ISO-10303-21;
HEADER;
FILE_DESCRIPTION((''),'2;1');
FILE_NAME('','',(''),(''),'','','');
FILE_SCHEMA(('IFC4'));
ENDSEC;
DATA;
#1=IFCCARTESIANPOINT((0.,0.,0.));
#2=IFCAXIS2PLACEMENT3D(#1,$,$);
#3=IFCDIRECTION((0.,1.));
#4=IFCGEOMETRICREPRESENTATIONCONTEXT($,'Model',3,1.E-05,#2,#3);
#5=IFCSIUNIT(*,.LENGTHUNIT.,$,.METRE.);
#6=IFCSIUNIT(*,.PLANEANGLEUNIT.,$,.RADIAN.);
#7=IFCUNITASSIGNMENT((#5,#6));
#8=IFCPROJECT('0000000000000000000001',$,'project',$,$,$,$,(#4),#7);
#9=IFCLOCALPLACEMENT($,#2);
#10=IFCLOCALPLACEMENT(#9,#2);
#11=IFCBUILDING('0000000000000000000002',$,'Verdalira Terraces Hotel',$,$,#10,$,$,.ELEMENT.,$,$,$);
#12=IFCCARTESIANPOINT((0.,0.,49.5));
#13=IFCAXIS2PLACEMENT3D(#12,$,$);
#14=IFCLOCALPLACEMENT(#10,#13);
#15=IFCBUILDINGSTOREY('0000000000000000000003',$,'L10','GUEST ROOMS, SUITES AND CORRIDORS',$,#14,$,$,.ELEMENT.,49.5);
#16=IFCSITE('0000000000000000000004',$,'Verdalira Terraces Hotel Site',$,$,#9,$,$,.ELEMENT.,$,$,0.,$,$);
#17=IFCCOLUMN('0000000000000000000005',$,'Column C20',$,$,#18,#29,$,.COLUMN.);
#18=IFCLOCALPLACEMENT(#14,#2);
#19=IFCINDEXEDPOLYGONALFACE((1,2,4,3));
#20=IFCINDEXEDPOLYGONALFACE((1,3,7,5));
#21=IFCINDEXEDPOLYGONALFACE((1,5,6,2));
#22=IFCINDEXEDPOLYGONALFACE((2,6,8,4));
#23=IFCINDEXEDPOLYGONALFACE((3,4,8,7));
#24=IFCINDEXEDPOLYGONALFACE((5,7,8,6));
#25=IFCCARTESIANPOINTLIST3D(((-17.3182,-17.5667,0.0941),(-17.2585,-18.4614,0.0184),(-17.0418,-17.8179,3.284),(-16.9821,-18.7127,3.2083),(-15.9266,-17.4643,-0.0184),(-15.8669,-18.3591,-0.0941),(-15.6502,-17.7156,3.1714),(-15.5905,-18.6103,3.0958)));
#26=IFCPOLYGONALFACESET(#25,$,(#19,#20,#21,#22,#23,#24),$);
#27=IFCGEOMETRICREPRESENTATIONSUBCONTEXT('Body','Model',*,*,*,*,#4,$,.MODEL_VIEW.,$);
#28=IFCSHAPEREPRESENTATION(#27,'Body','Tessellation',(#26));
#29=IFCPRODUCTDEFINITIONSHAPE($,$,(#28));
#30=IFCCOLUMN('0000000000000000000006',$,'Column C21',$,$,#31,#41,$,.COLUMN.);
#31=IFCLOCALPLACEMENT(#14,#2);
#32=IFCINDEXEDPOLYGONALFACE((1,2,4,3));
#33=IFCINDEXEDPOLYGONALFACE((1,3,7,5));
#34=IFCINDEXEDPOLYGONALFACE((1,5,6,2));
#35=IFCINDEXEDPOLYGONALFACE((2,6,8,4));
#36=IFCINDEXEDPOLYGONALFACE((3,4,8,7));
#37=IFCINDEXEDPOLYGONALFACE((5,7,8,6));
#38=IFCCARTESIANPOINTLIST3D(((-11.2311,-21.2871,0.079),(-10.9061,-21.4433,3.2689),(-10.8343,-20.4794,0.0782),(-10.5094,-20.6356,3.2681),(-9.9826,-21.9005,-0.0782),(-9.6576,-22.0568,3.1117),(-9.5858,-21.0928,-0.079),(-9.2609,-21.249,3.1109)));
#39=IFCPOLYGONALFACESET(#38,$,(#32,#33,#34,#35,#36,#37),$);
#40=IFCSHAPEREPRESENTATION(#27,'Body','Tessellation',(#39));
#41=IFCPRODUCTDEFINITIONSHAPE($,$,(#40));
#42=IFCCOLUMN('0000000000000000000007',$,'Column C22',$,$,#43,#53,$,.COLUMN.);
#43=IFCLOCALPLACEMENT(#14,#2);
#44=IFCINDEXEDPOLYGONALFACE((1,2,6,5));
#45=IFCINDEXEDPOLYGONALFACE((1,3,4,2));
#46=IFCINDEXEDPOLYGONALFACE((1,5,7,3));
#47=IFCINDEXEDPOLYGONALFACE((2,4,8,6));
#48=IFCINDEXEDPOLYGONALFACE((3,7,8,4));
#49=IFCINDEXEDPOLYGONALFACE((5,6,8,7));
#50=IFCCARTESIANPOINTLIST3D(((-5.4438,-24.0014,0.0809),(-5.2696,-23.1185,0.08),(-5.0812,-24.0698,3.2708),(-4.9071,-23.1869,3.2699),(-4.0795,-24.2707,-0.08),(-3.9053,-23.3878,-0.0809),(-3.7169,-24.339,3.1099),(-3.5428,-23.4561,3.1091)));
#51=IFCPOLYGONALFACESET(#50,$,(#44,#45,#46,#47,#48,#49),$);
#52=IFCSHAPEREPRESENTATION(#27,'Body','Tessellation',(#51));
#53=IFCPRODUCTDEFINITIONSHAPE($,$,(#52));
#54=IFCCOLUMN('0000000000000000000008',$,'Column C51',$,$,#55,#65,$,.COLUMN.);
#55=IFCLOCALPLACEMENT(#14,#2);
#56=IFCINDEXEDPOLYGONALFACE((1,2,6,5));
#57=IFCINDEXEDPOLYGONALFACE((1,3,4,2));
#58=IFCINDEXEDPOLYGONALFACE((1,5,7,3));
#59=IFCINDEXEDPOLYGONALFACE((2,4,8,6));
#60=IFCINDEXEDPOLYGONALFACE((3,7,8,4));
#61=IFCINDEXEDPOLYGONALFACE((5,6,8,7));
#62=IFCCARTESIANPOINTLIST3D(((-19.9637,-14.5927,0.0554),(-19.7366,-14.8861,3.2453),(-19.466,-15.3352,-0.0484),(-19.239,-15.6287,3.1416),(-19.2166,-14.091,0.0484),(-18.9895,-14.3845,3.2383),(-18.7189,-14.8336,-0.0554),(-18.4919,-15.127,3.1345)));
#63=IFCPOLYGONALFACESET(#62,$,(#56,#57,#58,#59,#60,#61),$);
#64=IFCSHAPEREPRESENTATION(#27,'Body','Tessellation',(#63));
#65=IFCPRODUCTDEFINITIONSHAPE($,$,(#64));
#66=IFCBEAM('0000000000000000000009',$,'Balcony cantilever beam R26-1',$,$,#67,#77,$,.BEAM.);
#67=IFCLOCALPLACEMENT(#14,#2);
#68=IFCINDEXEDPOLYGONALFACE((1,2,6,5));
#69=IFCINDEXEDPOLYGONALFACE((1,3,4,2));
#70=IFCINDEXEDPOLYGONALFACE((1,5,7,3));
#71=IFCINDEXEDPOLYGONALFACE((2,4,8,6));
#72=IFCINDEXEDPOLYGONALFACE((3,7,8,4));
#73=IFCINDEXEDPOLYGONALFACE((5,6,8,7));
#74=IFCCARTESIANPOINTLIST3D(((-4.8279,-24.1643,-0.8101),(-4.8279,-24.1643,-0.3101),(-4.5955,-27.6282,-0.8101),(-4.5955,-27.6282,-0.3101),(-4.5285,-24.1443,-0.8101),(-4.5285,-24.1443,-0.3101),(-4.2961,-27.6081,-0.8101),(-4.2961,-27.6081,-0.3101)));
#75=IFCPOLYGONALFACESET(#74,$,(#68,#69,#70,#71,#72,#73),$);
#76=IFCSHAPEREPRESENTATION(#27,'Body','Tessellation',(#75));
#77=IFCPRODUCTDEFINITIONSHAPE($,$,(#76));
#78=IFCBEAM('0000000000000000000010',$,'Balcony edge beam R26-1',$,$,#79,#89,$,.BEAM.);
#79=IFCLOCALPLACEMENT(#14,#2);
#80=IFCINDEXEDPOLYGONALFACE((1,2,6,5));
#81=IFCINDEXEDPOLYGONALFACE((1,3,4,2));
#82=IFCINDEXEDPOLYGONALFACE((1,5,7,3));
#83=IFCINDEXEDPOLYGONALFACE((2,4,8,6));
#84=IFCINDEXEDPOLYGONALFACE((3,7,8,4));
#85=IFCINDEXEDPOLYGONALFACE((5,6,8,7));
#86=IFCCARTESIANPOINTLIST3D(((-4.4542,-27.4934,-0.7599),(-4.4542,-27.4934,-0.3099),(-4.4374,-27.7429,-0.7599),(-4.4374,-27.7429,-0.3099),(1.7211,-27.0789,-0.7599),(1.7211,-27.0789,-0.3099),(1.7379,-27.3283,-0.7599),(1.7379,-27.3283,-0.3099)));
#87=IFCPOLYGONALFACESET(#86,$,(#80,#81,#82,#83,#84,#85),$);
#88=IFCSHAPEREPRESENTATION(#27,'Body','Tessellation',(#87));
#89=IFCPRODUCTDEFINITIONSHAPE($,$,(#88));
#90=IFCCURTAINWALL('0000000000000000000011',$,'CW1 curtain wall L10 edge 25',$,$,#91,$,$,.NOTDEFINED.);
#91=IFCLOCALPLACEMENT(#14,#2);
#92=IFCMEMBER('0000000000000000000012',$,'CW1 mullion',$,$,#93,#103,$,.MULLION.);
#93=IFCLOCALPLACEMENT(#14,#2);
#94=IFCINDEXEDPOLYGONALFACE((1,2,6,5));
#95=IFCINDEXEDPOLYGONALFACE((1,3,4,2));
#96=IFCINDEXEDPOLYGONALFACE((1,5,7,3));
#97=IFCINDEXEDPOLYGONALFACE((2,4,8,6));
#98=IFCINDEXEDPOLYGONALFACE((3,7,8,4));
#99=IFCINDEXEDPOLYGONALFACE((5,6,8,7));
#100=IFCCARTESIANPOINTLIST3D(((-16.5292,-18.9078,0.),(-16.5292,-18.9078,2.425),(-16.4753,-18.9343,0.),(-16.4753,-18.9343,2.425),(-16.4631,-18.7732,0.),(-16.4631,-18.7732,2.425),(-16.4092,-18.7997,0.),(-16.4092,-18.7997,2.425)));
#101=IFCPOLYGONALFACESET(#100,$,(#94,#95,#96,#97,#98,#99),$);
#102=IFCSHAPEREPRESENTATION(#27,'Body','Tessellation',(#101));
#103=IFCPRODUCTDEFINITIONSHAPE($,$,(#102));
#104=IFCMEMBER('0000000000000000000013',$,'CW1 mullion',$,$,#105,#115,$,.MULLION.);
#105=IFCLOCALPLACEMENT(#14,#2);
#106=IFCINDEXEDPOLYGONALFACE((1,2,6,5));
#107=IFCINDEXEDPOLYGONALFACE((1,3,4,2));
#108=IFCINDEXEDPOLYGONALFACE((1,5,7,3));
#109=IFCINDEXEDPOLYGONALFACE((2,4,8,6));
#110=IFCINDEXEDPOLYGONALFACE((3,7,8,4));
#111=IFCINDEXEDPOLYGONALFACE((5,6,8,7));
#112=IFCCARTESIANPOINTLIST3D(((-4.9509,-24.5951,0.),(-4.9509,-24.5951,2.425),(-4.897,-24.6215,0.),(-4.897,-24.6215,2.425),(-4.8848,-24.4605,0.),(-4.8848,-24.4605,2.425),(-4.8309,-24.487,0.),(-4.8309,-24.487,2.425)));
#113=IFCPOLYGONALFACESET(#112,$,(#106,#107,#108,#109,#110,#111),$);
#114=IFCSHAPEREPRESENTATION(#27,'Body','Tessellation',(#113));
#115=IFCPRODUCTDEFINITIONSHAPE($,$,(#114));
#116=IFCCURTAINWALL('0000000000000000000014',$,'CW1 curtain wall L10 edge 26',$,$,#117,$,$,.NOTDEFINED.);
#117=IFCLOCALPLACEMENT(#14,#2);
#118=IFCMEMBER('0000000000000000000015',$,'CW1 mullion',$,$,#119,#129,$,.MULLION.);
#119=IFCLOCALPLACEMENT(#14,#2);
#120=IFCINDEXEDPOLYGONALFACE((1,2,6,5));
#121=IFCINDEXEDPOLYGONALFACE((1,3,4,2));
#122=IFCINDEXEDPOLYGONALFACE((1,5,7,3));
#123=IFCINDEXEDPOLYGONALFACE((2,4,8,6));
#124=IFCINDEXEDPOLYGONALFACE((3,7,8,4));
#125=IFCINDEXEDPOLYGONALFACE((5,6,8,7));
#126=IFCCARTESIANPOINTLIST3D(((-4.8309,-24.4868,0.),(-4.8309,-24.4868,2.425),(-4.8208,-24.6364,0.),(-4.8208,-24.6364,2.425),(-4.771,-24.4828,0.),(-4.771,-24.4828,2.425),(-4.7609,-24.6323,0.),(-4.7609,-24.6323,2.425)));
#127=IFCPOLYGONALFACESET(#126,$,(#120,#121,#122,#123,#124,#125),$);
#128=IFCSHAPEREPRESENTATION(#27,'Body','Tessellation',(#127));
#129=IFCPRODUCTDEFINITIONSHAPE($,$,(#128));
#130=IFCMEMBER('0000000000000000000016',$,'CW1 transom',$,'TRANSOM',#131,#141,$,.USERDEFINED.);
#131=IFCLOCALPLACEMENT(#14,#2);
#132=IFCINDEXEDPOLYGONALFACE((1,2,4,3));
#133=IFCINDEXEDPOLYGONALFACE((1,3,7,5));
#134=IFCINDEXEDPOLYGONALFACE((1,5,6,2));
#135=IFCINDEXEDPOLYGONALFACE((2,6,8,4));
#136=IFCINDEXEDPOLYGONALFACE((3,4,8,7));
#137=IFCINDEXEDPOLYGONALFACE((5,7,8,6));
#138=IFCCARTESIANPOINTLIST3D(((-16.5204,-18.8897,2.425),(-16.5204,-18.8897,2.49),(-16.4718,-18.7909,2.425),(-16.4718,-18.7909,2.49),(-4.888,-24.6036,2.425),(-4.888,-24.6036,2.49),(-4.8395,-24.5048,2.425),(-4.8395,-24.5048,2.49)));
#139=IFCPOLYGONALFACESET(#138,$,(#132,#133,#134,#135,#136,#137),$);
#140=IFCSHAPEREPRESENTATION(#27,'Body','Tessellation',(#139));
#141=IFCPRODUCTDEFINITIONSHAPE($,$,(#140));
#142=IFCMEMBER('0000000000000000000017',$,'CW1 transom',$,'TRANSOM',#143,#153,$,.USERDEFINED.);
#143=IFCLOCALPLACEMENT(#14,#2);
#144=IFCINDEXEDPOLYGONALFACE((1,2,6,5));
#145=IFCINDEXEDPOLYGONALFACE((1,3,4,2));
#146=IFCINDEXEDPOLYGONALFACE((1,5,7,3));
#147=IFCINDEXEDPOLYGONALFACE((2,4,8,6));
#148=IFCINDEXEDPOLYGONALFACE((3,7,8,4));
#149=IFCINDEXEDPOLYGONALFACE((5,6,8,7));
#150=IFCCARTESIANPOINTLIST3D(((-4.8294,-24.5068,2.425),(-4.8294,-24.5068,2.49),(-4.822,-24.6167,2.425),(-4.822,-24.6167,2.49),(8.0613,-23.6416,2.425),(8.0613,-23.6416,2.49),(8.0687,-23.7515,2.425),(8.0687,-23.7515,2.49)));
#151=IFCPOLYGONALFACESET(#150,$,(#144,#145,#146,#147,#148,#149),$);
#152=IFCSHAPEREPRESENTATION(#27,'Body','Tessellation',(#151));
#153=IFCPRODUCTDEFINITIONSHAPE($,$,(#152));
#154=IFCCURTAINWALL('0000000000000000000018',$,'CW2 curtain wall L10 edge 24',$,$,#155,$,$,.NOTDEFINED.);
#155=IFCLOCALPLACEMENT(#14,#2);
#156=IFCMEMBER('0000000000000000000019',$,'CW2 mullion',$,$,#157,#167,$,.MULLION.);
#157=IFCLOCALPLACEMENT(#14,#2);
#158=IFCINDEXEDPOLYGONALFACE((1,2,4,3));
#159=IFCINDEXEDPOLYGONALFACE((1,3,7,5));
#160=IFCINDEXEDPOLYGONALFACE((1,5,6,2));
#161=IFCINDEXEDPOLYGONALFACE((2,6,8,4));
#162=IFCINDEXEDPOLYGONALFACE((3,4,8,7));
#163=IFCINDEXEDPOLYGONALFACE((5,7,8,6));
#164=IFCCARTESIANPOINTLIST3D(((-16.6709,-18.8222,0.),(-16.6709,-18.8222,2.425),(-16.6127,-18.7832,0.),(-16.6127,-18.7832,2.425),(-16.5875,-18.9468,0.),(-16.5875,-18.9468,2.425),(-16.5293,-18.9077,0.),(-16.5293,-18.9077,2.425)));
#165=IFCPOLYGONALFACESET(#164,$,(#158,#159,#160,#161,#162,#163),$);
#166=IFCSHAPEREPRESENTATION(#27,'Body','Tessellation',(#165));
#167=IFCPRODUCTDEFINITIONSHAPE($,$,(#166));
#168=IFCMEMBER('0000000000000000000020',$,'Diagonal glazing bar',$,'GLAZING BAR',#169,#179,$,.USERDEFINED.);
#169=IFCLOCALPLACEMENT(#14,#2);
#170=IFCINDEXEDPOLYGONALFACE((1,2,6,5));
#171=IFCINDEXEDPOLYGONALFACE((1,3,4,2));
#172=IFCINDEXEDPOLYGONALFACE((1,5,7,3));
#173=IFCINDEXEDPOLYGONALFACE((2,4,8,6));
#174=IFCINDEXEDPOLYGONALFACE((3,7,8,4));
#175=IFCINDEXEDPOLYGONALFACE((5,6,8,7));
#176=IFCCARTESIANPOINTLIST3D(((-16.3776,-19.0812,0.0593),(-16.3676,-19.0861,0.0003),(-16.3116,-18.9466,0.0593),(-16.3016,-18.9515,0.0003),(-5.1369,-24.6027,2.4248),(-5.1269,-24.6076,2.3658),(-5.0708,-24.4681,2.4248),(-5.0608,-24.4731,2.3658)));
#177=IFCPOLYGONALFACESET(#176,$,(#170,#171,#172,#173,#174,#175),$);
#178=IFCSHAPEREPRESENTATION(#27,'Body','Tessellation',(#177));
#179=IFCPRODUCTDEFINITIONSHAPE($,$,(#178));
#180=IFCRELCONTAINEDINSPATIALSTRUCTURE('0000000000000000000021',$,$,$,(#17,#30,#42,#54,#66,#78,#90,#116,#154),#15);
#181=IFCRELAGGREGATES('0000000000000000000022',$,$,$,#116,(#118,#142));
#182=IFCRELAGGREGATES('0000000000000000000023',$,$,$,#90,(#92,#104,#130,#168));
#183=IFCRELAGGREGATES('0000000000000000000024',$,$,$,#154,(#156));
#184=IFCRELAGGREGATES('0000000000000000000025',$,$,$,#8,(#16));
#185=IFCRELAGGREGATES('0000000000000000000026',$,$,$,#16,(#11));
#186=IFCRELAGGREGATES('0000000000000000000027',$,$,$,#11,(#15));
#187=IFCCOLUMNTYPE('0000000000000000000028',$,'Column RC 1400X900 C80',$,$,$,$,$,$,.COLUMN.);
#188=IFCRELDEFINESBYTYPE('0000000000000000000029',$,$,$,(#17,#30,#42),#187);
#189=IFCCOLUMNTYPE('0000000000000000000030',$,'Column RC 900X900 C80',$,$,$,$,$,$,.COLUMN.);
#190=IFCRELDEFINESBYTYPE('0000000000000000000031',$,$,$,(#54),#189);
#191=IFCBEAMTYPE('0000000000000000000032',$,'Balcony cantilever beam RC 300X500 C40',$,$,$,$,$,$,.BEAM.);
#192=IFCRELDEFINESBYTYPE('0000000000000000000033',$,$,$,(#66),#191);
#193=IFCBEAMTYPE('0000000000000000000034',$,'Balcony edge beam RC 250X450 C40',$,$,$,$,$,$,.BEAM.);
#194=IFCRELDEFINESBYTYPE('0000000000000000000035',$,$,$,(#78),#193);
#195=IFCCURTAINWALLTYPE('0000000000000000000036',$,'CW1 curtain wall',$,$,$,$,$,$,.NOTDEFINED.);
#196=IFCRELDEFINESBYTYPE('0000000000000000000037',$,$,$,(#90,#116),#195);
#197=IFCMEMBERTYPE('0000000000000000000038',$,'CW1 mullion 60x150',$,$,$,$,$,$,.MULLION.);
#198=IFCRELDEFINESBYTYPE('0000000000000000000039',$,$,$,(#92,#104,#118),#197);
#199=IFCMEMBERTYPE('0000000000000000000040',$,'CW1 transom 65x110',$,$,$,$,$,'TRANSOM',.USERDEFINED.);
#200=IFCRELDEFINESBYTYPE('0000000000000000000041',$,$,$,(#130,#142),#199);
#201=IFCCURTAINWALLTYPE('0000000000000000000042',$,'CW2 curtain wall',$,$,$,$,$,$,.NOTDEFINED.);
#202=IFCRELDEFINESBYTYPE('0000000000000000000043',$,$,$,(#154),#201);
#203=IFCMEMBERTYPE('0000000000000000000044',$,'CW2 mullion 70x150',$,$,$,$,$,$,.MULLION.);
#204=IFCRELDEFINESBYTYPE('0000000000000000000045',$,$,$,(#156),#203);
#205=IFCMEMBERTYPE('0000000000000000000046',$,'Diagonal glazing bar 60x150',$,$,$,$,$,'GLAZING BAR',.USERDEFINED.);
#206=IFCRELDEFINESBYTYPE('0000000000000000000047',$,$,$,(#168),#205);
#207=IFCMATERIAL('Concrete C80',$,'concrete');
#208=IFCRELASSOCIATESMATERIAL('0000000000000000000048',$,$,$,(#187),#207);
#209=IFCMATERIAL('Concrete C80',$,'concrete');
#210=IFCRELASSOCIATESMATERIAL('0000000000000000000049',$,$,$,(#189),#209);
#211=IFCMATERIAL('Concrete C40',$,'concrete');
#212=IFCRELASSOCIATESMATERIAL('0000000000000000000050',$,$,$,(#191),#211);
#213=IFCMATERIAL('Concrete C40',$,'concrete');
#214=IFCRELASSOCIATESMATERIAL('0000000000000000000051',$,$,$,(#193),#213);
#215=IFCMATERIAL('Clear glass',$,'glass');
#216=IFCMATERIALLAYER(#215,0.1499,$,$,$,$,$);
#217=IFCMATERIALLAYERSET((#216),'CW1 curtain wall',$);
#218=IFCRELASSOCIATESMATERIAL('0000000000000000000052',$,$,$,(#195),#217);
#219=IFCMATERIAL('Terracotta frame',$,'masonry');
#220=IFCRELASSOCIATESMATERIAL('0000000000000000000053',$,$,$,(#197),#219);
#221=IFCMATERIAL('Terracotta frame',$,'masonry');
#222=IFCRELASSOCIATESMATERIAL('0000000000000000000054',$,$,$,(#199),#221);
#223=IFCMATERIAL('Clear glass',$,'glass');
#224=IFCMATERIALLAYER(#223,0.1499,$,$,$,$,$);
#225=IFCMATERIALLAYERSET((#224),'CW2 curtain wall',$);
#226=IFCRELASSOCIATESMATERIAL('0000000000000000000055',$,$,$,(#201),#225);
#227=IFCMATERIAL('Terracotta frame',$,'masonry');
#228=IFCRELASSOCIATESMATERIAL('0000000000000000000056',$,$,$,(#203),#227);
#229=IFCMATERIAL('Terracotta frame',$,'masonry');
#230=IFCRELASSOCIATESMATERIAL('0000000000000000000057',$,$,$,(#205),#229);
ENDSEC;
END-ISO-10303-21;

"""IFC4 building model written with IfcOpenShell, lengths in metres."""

from ifc_helpers import new_model, si_unit, direction, frame, origin, origin_2d, place, context, subcontext, project, spatial, rectangle, extrude, material, layer, layer_set, material_profile, profile_set, type_object, element, aggregate, save


model = new_model("IFC4")

# Units and contexts
model_context = context("Model", 3, precision=1e-05, world=origin(), true_north=direction((0.0, 1.0)))
body_context = subcontext(model_context, "Body", "Model", "MODEL_VIEW")
ifc_project = project(units=[si_unit("LENGTHUNIT", "METRE"), si_unit("PLANEANGLEUNIT", "RADIAN")], contexts=[model_context])

# Site, building, storey
site_placement = place(None, origin())
site = spatial("IfcSite", under=ifc_project, at=site_placement, Name="Verdalira Terraces Hotel Site", CompositionType="ELEMENT", RefElevation=0.0)
building_placement = place(site_placement, origin())
building = spatial("IfcBuilding", under=site, at=building_placement, Name="Verdalira Terraces Hotel", CompositionType="ELEMENT")
storey_placement = place(building_placement, frame((0.0, 0.0, 49.5)))
storey = spatial("IfcBuildingStorey", under=building, at=storey_placement, Name="L10", Description="GUEST ROOMS, SUITES AND CORRIDORS", CompositionType="ELEMENT", Elevation=49.5)

# Columns
ifc_material_1 = material(Name="Concrete C80", Category="concrete")
ifc_material_profile_1 = material_profile(ifc_material_1, rectangle(XDim=1.3999, YDim=0.8999, at=origin_2d()), Name="RC 1400X900")
ifc_profile_set_1 = profile_set([ifc_material_profile_1], Name="Concrete C80")
column_type_1 = type_object("IfcColumnType", Name="Column RC 1400X900 C80", PredefinedType="COLUMN", material=ifc_profile_set_1)
column_1_placement = place(storey_placement, frame((-16.5925, -17.9629, 0.0), z_axis=(0.086049, -0.07822, 0.993216), x_axis=(-0.994079, -0.073128, 0.080365)))
element("IfcColumn", 1, at=column_1_placement, inside=storey, type_object=column_type_1, Name="Column C20", PredefinedType="COLUMN", context=body_context, shape_type="SweptSolid", body=[
    extrude(rectangle(XDim=1.3999, YDim=0.8999, at=origin_2d()), origin(), (0.0, 0.0, 1.0), 3.2117),
])
column_2_placement = place(storey_placement, frame((-10.4084, -21.1899, 0.0), z_axis=(0.101223, -0.048672, 0.993672), x_axis=(0.891839, -0.438189, -0.112313)))
element("IfcColumn", 2, at=column_2_placement, inside=storey, type_object=column_type_1, Name="Column C21", PredefinedType="COLUMN", context=body_context, shape_type="SweptSolid", body=[
    extrude(rectangle(XDim=1.3999, YDim=0.8999, at=origin_2d()), origin(), (0.0, 0.0, 1.0), 3.2102),
])
column_3_placement = place(storey_placement, frame((-4.6746, -23.6946, 0.0), z_axis=(0.112901, -0.021288, 0.993378), x_axis=(-0.97458, 0.192341, 0.114886)))
element("IfcColumn", 3, at=column_3_placement, inside=storey, type_object=column_type_1, Name="Column C22", PredefinedType="COLUMN", context=body_context, shape_type="SweptSolid", body=[
    extrude(rectangle(XDim=1.3999, YDim=0.8999, at=origin_2d()), origin(), (0.0, 0.0, 1.0), 3.2112),
])
ifc_material_2 = material(Name="Concrete C80", Category="concrete")
ifc_material_profile_2 = material_profile(ifc_material_2, rectangle(XDim=0.8999, YDim=0.8999, at=origin_2d()), Name="RC 900X900")
ifc_profile_set_2 = profile_set([ifc_material_profile_2], Name="Concrete C80")
column_type_2 = type_object("IfcColumnType", Name="Column RC 900X900 C80", PredefinedType="COLUMN", material=ifc_profile_set_2)
column_4_placement = place(storey_placement, frame((-19.3413, -14.7131, 0.0), z_axis=(0.0707, -0.091378, 0.993303), x_axis=(-0.830174, -0.557449, 0.007807)))
element("IfcColumn", 4, at=column_4_placement, inside=storey, type_object=column_type_2, Name="Column C51", PredefinedType="COLUMN", context=body_context, shape_type="SweptSolid", body=[
    extrude(rectangle(XDim=0.8999, YDim=0.8999, at=origin_2d()), origin(), (0.0, 0.0, 1.0), 3.2114),
])

# Beams
ifc_material_3 = material(Name="Concrete C40", Category="concrete")
ifc_material_profile_3 = material_profile(ifc_material_3, rectangle(XDim=0.3, YDim=0.5, at=origin_2d()), Name="RC 300X500")
ifc_profile_set_3 = profile_set([ifc_material_profile_3], Name="Concrete C40")
beam_type_1 = type_object("IfcBeamType", Name="Balcony cantilever beam RC 300X500 C40", PredefinedType="BEAM", material=ifc_profile_set_3)
beam_1_placement = place(storey_placement, frame((-4.6782, -24.1543, -0.5601), z_axis=(0.066948, -0.997756, 0.0), x_axis=(0.997756, 0.066948, 0.0)))
element("IfcBeam", 5, at=beam_1_placement, inside=storey, type_object=beam_type_1, Name="Balcony cantilever beam R26-1", PredefinedType="BEAM", context=body_context, shape_type="SweptSolid", body=[
    extrude(rectangle(XDim=0.3, YDim=0.5, at=origin_2d()), origin(), (0.0, 0.0, 1.0), 3.4717),
])
ifc_material_4 = material(Name="Concrete C40", Category="concrete")
ifc_material_profile_4 = material_profile(ifc_material_4, rectangle(XDim=0.25, YDim=0.45, at=origin_2d()), Name="RC 250X450")
ifc_profile_set_4 = profile_set([ifc_material_profile_4], Name="Concrete C40")
beam_type_2 = type_object("IfcBeamType", Name="Balcony edge beam RC 250X450 C40", PredefinedType="BEAM", material=ifc_profile_set_4)
beam_2_placement = place(storey_placement, frame((-4.4458, -27.6182, -0.5349), z_axis=(0.997754, 0.06698, 0.0), x_axis=(-0.06698, 0.997754, 0.0)))
element("IfcBeam", 6, at=beam_2_placement, inside=storey, type_object=beam_type_2, Name="Balcony edge beam R26-1", PredefinedType="BEAM", context=body_context, shape_type="SweptSolid", body=[
    extrude(rectangle(XDim=0.25, YDim=0.45, at=origin_2d()), origin(), (0.0, 0.0, 1.0), 6.1892),
])

# Curtain wall, members
ifc_material_5 = material(Name="Clear glass", Category="glass")
ifc_layer_1 = layer(ifc_material_5, 0.1499)
ifc_layer_set_1 = layer_set([ifc_layer_1], Name="CW1 curtain wall")
curtain_wall_type_1 = type_object("IfcCurtainWallType", Name="CW1 curtain wall", PredefinedType="NOTDEFINED", material=ifc_layer_set_1)
curtain_wall_1_placement = place(storey_placement, origin())
curtain_wall_1 = element("IfcCurtainWall", 7, at=curtain_wall_1_placement, inside=storey, type_object=curtain_wall_type_1, Name="CW1 curtain wall L10 edge 25", PredefinedType="NOTDEFINED")
ifc_material_6 = material(Name="Terracotta frame", Category="masonry")
ifc_material_profile_5 = material_profile(ifc_material_6, rectangle(XDim=0.0601, YDim=0.1499, at=origin_2d()), Name="MU 60x150")
ifc_profile_set_5 = profile_set([ifc_material_profile_5], Name="Terracotta frame")
member_type_1 = type_object("IfcMemberType", Name="CW1 mullion 60x150", PredefinedType="MULLION", material=ifc_profile_set_5)
member_1_placement = place(storey_placement, frame((-16.4692, -18.8538, 0.0), z_axis=(0.0, 0.0, 1.0), x_axis=(0.897566, -0.440879, 0.0)))
member_1 = element("IfcMember", 8, at=member_1_placement, type_object=member_type_1, Name="CW1 mullion", PredefinedType="MULLION", context=body_context, shape_type="SweptSolid", body=[
    extrude(rectangle(XDim=0.0601, YDim=0.1499, at=origin_2d()), origin(), (0.0, 0.0, 1.0), 2.425),
])
member_2_placement = place(storey_placement, frame((-4.8909, -24.541, 0.0), z_axis=(0.0, 0.0, 1.0), x_axis=(0.897566, -0.440879, 0.0)))
member_2 = element("IfcMember", 9, at=member_2_placement, type_object=member_type_1, Name="CW1 mullion", PredefinedType="MULLION", context=body_context, shape_type="SweptSolid", body=[
    extrude(rectangle(XDim=0.0601, YDim=0.1499, at=origin_2d()), origin(), (0.0, 0.0, 1.0), 2.425),
])

# Curtain wall, member
curtain_wall_2_placement = place(storey_placement, origin())
curtain_wall_2 = element("IfcCurtainWall", 10, at=curtain_wall_2_placement, inside=storey, type_object=curtain_wall_type_1, Name="CW1 curtain wall L10 edge 26", PredefinedType="NOTDEFINED")
member_3_placement = place(storey_placement, frame((-4.7959, -24.5596, 0.0), z_axis=(0.0, 0.0, 1.0), x_axis=(0.997755, 0.06697, 0.0)))
member_3 = element("IfcMember", 11, at=member_3_placement, type_object=member_type_1, Name="CW1 mullion", PredefinedType="MULLION", context=body_context, shape_type="SweptSolid", body=[
    extrude(rectangle(XDim=0.0601, YDim=0.1499, at=origin_2d()), origin(), (0.0, 0.0, 1.0), 2.425),
])

# Members
ifc_material_7 = material(Name="Terracotta frame", Category="masonry")
ifc_material_profile_6 = material_profile(ifc_material_7, rectangle(XDim=0.1101, YDim=0.0649, at=origin_2d()), Name="TR 65x110")
ifc_profile_set_6 = profile_set([ifc_material_profile_6], Name="Terracotta frame")
member_type_2 = type_object("IfcMemberType", Name="CW1 transom 65x110", ElementType="TRANSOM", PredefinedType="USERDEFINED", material=ifc_profile_set_6)
member_4_placement = place(storey_placement, frame((-16.4961, -18.8403, 2.4575), z_axis=(0.897562, -0.440888, 0.0), x_axis=(0.440888, 0.897562, 0.0)))
member_4 = element("IfcMember", 12, at=member_4_placement, type_object=member_type_2, Name="CW1 transom", ObjectType="TRANSOM", PredefinedType="USERDEFINED", context=body_context, shape_type="SweptSolid", body=[
    extrude(rectangle(XDim=0.1101, YDim=0.0649, at=origin_2d()), origin(), (0.0, 0.0, 1.0), 12.96),
])
member_5_placement = place(storey_placement, frame((-4.8257, -24.5618, 2.4575), z_axis=(0.997755, 0.066971, 0.0), x_axis=(-0.066971, 0.997755, 0.0)))
member_5 = element("IfcMember", 13, at=member_5_placement, type_object=member_type_2, Name="CW1 transom", ObjectType="TRANSOM", PredefinedType="USERDEFINED", context=body_context, shape_type="SweptSolid", body=[
    extrude(rectangle(XDim=0.1101, YDim=0.0649, at=origin_2d()), origin(), (0.0, 0.0, 1.0), 12.9197),
])
aggregate(curtain_wall_2, [member_3, member_5])

# Curtain wall, member
ifc_material_8 = material(Name="Clear glass", Category="glass")
ifc_layer_2 = layer(ifc_material_8, 0.1499)
ifc_layer_set_2 = layer_set([ifc_layer_2], Name="CW2 curtain wall")
curtain_wall_type_2 = type_object("IfcCurtainWallType", Name="CW2 curtain wall", PredefinedType="NOTDEFINED", material=ifc_layer_set_2)
curtain_wall_3_placement = place(storey_placement, origin())
curtain_wall_3 = element("IfcCurtainWall", 14, at=curtain_wall_3_placement, inside=storey, type_object=curtain_wall_type_2, Name="CW2 curtain wall L10 edge 24", PredefinedType="NOTDEFINED")
ifc_material_9 = material(Name="Terracotta frame", Category="masonry")
ifc_material_profile_7 = material_profile(ifc_material_9, rectangle(XDim=0.0701, YDim=0.1499, at=origin_2d()), Name="MU 70x150")
ifc_profile_set_7 = profile_set([ifc_material_profile_7], Name="Terracotta frame")
member_type_3 = type_object("IfcMemberType", Name="CW2 mullion 70x150", PredefinedType="MULLION", material=ifc_profile_set_7)
member_6_placement = place(storey_placement, frame((-16.6001, -18.865, 0.0), z_axis=(0.0, 0.0, 1.0), x_axis=(0.830596, 0.556876, 0.0)))
member_6 = element("IfcMember", 15, at=member_6_placement, type_object=member_type_3, Name="CW2 mullion", PredefinedType="MULLION", context=body_context, shape_type="SweptSolid", body=[
    extrude(rectangle(XDim=0.0701, YDim=0.1499, at=origin_2d()), origin(), (0.0, 0.0, 1.0), 2.425),
])

# Member
ifc_material_10 = material(Name="Terracotta frame", Category="masonry")
ifc_material_profile_8 = material_profile(ifc_material_10, rectangle(XDim=0.1499, YDim=0.0601, at=origin_2d()), Name="GB 60x150")
ifc_profile_set_8 = profile_set([ifc_material_profile_8], Name="Terracotta frame")
member_type_4 = type_object("IfcMemberType", Name="Diagonal glazing bar 60x150", ElementType="GLAZING BAR", PredefinedType="USERDEFINED", material=ifc_profile_set_8)
member_7_placement = place(storey_placement, frame((-16.3396, -19.0164, 0.0298), z_axis=(0.881968, -0.433226, 0.1856), x_axis=(0.440886, 0.897563, 0.0)))
member_7 = element("IfcMember", 16, at=member_7_placement, type_object=member_type_4, Name="Diagonal glazing bar", ObjectType="GLAZING BAR", PredefinedType="USERDEFINED", context=body_context, shape_type="SweptSolid", body=[
    extrude(rectangle(XDim=0.1499, YDim=0.0601, at=origin_2d()), origin(), (0.0, 0.0, 1.0), 12.7451),
])

aggregate(curtain_wall_1, [member_1, member_2, member_4, member_7])
aggregate(curtain_wall_3, [member_6])

save(model, "model.ifc")
